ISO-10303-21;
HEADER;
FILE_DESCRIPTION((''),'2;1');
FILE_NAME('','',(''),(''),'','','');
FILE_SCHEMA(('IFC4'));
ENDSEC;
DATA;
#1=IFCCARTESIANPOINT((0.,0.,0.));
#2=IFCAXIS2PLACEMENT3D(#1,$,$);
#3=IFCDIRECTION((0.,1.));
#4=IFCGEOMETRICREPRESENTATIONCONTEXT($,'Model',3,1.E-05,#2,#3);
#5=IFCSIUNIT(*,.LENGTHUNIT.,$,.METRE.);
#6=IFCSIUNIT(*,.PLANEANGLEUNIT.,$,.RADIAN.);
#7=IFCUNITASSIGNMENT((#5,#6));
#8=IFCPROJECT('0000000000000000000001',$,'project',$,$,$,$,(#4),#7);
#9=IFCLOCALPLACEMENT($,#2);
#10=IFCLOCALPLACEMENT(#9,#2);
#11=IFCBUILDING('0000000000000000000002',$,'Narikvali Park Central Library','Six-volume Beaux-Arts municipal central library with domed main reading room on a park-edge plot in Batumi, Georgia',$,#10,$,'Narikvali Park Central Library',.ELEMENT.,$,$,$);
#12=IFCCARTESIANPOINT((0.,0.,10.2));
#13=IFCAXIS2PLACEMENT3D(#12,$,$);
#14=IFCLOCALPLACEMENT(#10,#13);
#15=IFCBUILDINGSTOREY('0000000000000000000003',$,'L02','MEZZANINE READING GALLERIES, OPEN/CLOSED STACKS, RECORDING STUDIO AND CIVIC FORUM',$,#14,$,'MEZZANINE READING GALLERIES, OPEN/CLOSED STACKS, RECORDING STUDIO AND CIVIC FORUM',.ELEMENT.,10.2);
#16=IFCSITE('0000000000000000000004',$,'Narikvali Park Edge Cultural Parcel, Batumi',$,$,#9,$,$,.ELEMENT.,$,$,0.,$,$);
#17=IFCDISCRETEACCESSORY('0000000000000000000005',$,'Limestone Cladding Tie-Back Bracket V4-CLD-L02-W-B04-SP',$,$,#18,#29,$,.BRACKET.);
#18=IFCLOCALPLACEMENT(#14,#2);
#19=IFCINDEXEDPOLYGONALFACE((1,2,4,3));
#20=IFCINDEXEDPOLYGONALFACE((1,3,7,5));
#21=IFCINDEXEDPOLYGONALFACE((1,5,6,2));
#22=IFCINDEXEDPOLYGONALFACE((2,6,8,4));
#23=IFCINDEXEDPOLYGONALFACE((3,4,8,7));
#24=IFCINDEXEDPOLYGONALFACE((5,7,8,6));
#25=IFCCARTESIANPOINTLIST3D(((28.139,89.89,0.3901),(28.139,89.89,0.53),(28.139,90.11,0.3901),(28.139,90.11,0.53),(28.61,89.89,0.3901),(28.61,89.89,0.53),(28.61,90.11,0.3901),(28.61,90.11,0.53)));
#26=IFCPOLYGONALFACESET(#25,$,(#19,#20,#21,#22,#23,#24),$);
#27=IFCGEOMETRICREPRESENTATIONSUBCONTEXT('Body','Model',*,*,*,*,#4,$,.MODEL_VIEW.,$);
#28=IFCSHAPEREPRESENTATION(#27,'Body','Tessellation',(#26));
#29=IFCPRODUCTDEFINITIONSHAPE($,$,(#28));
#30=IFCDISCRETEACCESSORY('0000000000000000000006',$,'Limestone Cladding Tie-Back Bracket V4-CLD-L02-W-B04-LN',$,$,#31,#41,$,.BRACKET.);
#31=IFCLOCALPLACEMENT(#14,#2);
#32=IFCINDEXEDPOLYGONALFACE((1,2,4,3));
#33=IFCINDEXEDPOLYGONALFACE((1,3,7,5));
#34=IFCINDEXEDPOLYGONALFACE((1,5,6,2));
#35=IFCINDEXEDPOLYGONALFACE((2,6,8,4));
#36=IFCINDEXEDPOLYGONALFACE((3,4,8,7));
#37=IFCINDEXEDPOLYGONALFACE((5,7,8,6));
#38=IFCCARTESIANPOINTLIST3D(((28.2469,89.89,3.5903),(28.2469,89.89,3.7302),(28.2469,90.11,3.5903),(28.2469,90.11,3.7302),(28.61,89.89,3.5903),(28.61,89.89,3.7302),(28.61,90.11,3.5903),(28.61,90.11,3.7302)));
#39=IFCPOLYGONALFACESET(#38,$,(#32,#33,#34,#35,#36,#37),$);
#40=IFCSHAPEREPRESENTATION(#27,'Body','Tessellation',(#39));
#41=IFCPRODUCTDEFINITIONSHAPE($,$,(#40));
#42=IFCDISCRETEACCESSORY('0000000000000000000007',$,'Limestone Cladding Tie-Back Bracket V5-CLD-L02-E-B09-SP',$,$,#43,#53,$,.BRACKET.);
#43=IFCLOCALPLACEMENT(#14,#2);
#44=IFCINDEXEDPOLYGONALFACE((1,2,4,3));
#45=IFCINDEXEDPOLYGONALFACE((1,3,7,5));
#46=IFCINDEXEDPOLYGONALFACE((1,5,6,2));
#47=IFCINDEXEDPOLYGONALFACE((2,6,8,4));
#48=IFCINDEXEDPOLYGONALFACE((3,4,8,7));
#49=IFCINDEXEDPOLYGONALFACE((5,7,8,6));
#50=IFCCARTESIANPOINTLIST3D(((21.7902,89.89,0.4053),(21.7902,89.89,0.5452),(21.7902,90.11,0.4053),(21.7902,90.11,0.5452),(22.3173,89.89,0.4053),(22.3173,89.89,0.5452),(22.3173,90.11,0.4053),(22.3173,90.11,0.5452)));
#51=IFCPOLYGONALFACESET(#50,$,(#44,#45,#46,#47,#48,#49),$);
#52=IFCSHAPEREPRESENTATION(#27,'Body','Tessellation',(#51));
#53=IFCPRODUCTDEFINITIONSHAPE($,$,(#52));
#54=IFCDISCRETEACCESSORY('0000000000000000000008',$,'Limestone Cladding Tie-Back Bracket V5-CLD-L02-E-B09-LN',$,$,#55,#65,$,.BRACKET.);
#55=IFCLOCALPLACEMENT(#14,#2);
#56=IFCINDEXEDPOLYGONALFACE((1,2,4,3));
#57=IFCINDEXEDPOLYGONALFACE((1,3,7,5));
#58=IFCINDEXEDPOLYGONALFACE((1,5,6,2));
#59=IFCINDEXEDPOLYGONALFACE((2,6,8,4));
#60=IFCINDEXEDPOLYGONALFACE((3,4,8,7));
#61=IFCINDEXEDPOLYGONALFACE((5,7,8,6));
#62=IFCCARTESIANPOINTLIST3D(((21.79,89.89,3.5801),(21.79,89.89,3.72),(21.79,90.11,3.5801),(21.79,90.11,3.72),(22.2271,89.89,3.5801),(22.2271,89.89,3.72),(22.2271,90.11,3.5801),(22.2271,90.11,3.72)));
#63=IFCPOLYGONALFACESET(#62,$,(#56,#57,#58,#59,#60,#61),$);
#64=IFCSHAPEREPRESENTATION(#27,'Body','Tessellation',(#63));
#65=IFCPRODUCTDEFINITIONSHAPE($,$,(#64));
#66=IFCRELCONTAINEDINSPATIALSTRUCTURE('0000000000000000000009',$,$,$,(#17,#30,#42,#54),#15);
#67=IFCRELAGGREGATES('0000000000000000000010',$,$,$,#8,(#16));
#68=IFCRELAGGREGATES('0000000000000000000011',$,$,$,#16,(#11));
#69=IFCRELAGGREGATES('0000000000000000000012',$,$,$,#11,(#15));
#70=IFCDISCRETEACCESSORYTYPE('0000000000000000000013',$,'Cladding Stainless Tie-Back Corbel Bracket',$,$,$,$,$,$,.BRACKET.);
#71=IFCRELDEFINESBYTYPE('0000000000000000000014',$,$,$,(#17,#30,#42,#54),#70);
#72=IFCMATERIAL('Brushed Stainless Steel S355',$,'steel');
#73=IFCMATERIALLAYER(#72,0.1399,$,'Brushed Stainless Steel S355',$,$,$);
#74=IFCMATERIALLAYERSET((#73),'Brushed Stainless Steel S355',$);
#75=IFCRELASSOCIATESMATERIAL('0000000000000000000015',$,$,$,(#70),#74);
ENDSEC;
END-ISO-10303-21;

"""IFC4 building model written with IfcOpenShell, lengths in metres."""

from ifc_helpers import new_model, si_unit, direction, frame, origin, origin_2d, place, context, subcontext, project, spatial, rectangle, extrude, material, layer, layer_set, type_object, element, save


model = new_model("IFC4")

# Units and contexts
model_context = context("Model", 3, precision=1e-05, world=origin(), true_north=direction((0.0, 1.0)))
body_context = subcontext(model_context, "Body", "Model", "MODEL_VIEW")
ifc_project = project(units=[si_unit("LENGTHUNIT", "METRE"), si_unit("PLANEANGLEUNIT", "RADIAN")], contexts=[model_context])

# Site, building, storey
site_placement = place(None, origin())
site = spatial("IfcSite", under=ifc_project, at=site_placement, Name="Narikvali Park Edge Cultural Parcel, Batumi", CompositionType="ELEMENT", RefElevation=0.0)
building_placement = place(site_placement, origin())
building = spatial("IfcBuilding", under=site, at=building_placement, Name="Narikvali Park Central Library", Description="Six-volume Beaux-Arts municipal central library with domed main reading room on a park-edge plot in Batumi, Georgia", LongName="Narikvali Park Central Library", CompositionType="ELEMENT")
storey_placement = place(building_placement, frame((0.0, 0.0, 10.2)))
storey = spatial("IfcBuildingStorey", under=building, at=storey_placement, Name="L02", Description="MEZZANINE READING GALLERIES, OPEN/CLOSED STACKS, RECORDING STUDIO AND CIVIC FORUM", LongName="MEZZANINE READING GALLERIES, OPEN/CLOSED STACKS, RECORDING STUDIO AND CIVIC FORUM", CompositionType="ELEMENT", Elevation=10.2)

# Discrete accessories
ifc_material_1 = material(Name="Brushed Stainless Steel S355", Category="steel")
ifc_layer_1 = layer(ifc_material_1, 0.1399, Name="Brushed Stainless Steel S355")
ifc_layer_set_1 = layer_set([ifc_layer_1], Name="Brushed Stainless Steel S355")
discrete_accessory_type = type_object("IfcDiscreteAccessoryType", Name="Cladding Stainless Tie-Back Corbel Bracket", PredefinedType="BRACKET", material=ifc_layer_set_1)
discrete_accessory_1_placement = place(storey_placement, frame((28.3745, 90.0, 0.3901), z_axis=(0.0, 0.0, 1.0), x_axis=(1.0, 0.0, 0.0)))
element("IfcDiscreteAccessory", 1, at=discrete_accessory_1_placement, inside=storey, type_object=discrete_accessory_type, Name="Limestone Cladding Tie-Back Bracket V4-CLD-L02-W-B04-SP", PredefinedType="BRACKET", context=body_context, shape_type="SweptSolid", body=[
    extrude(rectangle(XDim=0.4709, YDim=0.22, at=origin_2d()), origin(), (0.0, 0.0, 1.0), 0.1399),
])
discrete_accessory_2_placement = place(storey_placement, frame((28.4285, 90.0, 3.5903), z_axis=(0.0, 0.0, 1.0), x_axis=(1.0, 0.0, 0.0)))
element("IfcDiscreteAccessory", 2, at=discrete_accessory_2_placement, inside=storey, type_object=discrete_accessory_type, Name="Limestone Cladding Tie-Back Bracket V4-CLD-L02-W-B04-LN", PredefinedType="BRACKET", context=body_context, shape_type="SweptSolid", body=[
    extrude(rectangle(XDim=0.363, YDim=0.22, at=origin_2d()), origin(), (0.0, 0.0, 1.0), 0.1399),
])
discrete_accessory_3_placement = place(storey_placement, frame((22.0537, 90.0, 0.4053), z_axis=(0.0, 0.0, 1.0), x_axis=(1.0, 0.0, 0.0)))
element("IfcDiscreteAccessory", 3, at=discrete_accessory_3_placement, inside=storey, type_object=discrete_accessory_type, Name="Limestone Cladding Tie-Back Bracket V5-CLD-L02-E-B09-SP", PredefinedType="BRACKET", context=body_context, shape_type="SweptSolid", body=[
    extrude(rectangle(XDim=0.5271, YDim=0.22, at=origin_2d()), origin(), (0.0, 0.0, 1.0), 0.1399),
])
discrete_accessory_4_placement = place(storey_placement, frame((22.0085, 90.0, 3.5801), z_axis=(0.0, 0.0, 1.0), x_axis=(1.0, 0.0, 0.0)))
element("IfcDiscreteAccessory", 4, at=discrete_accessory_4_placement, inside=storey, type_object=discrete_accessory_type, Name="Limestone Cladding Tie-Back Bracket V5-CLD-L02-E-B09-LN", PredefinedType="BRACKET", context=body_context, shape_type="SweptSolid", body=[
    extrude(rectangle(XDim=0.437, YDim=0.22, at=origin_2d()), origin(), (0.0, 0.0, 1.0), 0.1399),
])

save(model, "model.ifc")
